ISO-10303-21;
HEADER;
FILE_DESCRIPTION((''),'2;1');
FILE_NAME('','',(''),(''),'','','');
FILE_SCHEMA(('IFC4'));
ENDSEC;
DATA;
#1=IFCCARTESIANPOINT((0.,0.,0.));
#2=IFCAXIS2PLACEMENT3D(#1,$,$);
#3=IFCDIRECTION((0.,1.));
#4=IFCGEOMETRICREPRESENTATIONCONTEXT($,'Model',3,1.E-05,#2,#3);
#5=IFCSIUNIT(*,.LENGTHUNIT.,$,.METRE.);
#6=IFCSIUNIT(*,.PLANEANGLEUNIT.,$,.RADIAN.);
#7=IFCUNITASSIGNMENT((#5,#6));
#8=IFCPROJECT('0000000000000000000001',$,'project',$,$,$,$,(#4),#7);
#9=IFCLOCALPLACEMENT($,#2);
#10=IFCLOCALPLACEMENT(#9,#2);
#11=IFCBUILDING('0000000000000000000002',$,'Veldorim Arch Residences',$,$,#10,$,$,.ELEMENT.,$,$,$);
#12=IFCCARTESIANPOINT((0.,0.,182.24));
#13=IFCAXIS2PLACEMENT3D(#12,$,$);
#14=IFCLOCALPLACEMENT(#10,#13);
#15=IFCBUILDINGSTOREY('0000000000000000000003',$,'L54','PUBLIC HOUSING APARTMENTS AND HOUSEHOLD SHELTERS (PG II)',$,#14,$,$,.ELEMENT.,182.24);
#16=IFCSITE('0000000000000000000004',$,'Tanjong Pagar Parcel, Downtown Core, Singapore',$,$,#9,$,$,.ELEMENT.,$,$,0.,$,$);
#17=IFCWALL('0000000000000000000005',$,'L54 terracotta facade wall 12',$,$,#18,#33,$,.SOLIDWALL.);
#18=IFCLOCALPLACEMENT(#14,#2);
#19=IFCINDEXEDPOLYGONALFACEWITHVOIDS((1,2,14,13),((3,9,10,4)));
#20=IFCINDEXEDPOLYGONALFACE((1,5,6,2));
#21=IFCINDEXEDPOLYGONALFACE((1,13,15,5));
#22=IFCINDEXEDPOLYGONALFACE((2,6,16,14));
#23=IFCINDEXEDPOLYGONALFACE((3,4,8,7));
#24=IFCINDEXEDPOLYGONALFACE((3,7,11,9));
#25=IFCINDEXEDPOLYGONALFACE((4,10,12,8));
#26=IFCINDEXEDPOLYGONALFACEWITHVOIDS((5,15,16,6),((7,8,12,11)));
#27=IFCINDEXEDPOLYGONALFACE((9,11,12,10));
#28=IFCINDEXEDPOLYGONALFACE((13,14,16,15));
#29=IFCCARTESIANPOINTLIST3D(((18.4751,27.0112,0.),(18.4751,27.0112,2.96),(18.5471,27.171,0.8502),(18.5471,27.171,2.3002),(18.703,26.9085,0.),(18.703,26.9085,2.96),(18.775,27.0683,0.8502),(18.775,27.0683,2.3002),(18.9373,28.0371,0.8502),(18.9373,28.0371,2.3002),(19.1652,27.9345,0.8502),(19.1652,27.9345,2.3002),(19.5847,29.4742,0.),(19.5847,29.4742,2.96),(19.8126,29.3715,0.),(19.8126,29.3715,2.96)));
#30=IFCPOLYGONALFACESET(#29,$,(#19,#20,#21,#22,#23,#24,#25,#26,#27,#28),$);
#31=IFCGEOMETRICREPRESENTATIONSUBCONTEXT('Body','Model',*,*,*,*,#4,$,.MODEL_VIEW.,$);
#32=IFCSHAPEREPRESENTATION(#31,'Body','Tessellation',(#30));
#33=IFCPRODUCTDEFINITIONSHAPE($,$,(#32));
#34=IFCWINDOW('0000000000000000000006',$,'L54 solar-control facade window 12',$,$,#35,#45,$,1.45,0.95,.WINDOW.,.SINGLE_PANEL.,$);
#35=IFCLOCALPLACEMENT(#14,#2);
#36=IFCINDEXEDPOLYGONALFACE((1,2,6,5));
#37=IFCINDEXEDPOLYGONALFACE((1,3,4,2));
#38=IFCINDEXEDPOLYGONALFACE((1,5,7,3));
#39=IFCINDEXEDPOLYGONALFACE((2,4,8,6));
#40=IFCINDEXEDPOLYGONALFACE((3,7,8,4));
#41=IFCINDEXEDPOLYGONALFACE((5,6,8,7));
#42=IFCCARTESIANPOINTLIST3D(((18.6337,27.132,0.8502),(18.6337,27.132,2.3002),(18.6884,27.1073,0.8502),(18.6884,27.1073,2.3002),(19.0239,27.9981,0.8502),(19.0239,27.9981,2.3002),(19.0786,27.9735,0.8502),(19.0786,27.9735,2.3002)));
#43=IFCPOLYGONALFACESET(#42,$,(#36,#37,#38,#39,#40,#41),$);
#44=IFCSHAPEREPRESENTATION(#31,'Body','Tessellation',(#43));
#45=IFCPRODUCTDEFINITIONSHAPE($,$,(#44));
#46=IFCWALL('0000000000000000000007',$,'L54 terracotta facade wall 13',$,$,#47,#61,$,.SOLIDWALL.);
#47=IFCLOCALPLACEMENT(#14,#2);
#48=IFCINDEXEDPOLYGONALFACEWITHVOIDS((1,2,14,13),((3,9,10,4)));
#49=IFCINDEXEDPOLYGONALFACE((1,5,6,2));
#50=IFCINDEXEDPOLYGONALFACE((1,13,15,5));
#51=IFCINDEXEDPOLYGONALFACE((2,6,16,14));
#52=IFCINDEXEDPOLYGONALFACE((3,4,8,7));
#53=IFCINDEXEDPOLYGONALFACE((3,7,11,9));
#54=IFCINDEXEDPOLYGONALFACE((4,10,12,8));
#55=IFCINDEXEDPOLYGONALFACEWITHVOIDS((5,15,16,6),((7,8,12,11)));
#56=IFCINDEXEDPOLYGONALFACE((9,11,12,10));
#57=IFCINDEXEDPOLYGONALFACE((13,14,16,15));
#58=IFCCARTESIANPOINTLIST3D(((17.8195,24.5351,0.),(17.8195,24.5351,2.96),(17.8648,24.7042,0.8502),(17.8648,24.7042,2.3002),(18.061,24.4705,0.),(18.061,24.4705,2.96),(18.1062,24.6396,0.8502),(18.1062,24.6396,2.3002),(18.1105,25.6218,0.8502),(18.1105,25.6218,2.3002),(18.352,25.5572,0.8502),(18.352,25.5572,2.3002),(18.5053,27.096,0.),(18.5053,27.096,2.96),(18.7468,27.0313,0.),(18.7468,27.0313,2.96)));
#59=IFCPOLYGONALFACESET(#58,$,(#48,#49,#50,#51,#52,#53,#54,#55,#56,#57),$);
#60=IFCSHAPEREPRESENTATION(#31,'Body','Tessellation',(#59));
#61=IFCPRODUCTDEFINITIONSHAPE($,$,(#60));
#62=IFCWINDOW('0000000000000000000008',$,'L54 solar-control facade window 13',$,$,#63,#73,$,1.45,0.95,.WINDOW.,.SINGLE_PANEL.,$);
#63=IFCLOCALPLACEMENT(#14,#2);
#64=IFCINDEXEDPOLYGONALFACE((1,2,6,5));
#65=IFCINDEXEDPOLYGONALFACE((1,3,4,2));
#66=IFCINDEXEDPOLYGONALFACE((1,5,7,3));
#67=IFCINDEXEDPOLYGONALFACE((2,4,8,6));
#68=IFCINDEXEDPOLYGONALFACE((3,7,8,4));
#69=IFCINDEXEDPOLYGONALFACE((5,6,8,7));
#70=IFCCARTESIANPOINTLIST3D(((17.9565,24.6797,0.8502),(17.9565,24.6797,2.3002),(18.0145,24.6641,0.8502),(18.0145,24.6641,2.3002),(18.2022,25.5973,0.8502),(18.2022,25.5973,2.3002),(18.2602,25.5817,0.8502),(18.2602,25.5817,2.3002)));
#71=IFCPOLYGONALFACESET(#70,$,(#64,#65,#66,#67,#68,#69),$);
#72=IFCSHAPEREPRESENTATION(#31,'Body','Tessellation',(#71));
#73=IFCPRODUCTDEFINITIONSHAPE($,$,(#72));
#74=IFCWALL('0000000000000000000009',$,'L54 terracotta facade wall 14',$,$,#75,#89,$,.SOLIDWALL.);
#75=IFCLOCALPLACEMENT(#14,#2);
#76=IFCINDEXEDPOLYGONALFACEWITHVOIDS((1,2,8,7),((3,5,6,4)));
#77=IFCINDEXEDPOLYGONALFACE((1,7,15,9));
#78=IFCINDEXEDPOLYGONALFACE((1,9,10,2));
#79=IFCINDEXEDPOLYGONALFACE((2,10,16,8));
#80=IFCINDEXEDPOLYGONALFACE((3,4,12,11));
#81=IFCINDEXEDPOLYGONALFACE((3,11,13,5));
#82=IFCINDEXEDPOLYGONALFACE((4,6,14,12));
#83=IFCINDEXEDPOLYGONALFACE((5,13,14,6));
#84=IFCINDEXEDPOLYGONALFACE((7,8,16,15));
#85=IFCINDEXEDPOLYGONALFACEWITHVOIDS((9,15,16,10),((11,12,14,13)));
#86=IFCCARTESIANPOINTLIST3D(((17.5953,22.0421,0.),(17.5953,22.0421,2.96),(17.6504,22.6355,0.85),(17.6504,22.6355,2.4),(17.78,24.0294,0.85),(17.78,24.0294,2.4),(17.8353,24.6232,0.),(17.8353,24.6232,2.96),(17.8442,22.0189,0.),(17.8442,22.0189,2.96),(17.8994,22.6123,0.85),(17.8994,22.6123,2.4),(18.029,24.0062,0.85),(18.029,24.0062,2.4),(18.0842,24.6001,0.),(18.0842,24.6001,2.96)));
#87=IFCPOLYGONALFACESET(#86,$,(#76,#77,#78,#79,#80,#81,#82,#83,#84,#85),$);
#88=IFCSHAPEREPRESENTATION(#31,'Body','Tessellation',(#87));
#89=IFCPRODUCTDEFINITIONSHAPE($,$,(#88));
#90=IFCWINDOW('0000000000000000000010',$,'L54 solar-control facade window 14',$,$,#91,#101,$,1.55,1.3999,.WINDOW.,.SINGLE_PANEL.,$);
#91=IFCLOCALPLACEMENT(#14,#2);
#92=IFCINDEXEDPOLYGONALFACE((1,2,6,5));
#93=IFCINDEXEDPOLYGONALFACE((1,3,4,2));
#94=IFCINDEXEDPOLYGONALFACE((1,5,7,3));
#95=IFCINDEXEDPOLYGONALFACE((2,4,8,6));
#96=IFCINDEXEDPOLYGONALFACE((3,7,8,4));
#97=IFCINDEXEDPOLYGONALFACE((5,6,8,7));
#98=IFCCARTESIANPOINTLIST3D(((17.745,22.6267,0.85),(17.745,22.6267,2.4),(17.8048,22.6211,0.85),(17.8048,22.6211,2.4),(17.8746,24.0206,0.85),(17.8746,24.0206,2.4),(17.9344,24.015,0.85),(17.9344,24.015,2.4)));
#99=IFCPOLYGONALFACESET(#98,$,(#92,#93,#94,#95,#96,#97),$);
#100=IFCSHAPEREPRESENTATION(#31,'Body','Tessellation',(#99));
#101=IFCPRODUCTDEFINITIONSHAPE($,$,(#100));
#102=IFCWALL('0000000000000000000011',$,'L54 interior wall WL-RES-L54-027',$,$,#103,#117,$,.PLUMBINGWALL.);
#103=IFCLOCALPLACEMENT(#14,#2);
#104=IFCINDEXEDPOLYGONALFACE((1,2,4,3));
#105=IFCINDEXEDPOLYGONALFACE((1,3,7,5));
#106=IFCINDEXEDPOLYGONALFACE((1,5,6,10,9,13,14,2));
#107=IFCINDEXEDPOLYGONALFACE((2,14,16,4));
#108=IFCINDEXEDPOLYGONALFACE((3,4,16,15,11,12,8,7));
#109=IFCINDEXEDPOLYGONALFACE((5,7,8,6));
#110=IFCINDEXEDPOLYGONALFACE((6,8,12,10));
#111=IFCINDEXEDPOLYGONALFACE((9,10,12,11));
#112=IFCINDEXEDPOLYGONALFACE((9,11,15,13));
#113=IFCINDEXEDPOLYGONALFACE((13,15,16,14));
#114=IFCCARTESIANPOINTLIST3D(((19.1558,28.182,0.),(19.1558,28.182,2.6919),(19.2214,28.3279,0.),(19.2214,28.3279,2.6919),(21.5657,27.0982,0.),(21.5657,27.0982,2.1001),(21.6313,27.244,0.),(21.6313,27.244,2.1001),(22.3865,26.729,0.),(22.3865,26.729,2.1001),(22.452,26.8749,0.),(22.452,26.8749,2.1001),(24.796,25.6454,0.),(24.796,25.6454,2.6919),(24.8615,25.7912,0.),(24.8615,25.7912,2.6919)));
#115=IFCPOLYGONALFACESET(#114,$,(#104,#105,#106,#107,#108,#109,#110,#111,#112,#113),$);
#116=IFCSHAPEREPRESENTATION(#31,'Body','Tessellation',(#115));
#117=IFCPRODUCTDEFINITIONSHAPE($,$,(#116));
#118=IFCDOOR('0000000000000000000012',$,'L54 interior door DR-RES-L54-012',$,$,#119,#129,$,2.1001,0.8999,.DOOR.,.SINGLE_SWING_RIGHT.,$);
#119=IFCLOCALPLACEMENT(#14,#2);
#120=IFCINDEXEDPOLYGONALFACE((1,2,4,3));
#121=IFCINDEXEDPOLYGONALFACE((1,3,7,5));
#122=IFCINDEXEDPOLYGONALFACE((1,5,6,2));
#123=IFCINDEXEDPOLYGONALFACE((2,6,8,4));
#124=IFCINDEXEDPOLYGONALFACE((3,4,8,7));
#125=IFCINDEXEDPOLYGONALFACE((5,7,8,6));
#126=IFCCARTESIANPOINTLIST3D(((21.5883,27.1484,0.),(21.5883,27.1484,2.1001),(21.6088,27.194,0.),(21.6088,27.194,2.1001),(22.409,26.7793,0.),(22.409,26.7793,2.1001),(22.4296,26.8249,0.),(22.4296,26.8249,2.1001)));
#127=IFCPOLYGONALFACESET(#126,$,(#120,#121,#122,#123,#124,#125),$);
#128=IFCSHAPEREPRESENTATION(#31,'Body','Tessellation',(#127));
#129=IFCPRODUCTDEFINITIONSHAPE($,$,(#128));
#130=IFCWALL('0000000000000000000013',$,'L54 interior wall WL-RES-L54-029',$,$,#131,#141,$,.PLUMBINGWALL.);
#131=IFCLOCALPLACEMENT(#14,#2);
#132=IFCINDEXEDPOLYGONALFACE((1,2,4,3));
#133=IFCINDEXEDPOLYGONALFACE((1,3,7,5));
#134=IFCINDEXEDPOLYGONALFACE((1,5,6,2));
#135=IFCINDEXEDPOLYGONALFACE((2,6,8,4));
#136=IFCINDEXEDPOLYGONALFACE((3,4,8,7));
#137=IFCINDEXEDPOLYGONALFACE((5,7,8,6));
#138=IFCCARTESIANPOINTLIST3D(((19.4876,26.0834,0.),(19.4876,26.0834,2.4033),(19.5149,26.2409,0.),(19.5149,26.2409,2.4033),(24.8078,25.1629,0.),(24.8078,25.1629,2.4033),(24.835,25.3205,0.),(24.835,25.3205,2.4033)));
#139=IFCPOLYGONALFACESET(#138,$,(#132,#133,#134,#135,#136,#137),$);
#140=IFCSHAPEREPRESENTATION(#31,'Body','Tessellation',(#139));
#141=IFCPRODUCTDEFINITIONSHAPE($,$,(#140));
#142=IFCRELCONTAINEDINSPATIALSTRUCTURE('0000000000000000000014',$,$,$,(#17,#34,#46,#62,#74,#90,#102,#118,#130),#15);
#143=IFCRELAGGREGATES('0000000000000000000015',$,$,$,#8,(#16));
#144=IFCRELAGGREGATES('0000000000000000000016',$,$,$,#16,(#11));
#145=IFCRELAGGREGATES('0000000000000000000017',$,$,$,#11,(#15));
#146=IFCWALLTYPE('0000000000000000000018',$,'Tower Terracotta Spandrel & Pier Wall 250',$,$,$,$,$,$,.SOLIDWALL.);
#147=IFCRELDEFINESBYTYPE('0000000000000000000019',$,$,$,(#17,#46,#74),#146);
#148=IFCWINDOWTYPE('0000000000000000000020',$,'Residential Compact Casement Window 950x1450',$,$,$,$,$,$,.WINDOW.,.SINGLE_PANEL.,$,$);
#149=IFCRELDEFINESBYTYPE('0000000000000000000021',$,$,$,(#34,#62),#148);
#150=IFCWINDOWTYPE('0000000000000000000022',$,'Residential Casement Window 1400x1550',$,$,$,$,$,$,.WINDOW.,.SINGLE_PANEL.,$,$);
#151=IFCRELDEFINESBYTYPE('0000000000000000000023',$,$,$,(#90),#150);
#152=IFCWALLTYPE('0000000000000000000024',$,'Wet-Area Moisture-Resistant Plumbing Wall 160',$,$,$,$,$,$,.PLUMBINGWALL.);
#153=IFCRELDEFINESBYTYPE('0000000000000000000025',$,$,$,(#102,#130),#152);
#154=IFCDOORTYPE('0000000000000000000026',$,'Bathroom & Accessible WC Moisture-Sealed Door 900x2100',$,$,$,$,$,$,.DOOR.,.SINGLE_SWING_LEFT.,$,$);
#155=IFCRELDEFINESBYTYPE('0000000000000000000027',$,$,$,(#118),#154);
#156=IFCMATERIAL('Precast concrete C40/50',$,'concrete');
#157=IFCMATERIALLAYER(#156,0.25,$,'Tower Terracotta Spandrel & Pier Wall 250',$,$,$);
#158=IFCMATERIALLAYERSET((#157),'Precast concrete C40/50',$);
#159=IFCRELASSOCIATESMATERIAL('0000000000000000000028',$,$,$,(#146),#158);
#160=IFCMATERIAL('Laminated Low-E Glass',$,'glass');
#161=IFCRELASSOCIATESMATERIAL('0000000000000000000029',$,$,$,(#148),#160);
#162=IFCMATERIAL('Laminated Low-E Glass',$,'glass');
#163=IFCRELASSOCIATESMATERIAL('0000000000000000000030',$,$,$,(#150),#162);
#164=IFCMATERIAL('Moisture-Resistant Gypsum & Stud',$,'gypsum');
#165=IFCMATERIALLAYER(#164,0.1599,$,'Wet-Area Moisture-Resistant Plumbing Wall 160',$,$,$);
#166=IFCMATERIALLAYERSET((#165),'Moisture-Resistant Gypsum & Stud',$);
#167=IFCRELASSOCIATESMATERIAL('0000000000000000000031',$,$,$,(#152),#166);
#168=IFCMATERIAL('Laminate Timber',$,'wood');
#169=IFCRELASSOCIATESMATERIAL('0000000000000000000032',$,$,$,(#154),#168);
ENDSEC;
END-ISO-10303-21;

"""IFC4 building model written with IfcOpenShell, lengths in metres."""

from ifc_helpers import new_model, si_unit, direction, frame, frame_2d, origin, place, context, subcontext, project, spatial, rectangle, extrude, material, layer, layer_set, type_object, element, fill, save


model = new_model("IFC4")

# Units and contexts
model_context = context("Model", 3, precision=1e-05, world=origin(), true_north=direction((0.0, 1.0)))
body_context = subcontext(model_context, "Body", "Model", "MODEL_VIEW")
ifc_project = project(units=[si_unit("LENGTHUNIT", "METRE"), si_unit("PLANEANGLEUNIT", "RADIAN")], contexts=[model_context])

# Site, building, storey
site_placement = place(None, origin())
site = spatial("IfcSite", under=ifc_project, at=site_placement, Name="Tanjong Pagar Parcel, Downtown Core, Singapore", CompositionType="ELEMENT", RefElevation=0.0)
building_placement = place(site_placement, origin())
building = spatial("IfcBuilding", under=site, at=building_placement, Name="Veldorim Arch Residences", CompositionType="ELEMENT")
storey_placement = place(building_placement, frame((0.0, 0.0, 182.24)))
storey = spatial("IfcBuildingStorey", under=building, at=storey_placement, Name="L54", Description="PUBLIC HOUSING APARTMENTS AND HOUSEHOLD SHELTERS (PG II)", CompositionType="ELEMENT", Elevation=182.24)

# Shared definitions
ifc_material_1 = material(Name="Precast concrete C40/50", Category="concrete")
ifc_layer_1 = layer(ifc_material_1, 0.25, Name="Tower Terracotta Spandrel & Pier Wall 250")
ifc_layer_set_1 = layer_set([ifc_layer_1], Name="Precast concrete C40/50")
wall_type_1 = type_object("IfcWallType", Name="Tower Terracotta Spandrel & Pier Wall 250", PredefinedType="SOLIDWALL", material=ifc_layer_set_1)

# Walls, openings, windows
wall_1_placement = place(storey_placement, frame((18.5891, 26.96, 0.0), z_axis=(0.0, 0.0, 1.0), x_axis=(0.410737, 0.911754, 0.0)))
wall_1 = element("IfcWall", 1, at=wall_1_placement, inside=storey, type_object=wall_type_1, Name="L54 terracotta facade wall 12", PredefinedType="SOLIDWALL", context=body_context, shape_type="SweptSolid", body=[
    extrude(rectangle(XDim=2.7014, YDim=0.25, at=frame_2d((1.3506, 0.0))), origin(), (0.0, 0.0, 1.0), 2.96),
])
opening_1_placement = place(wall_1_placement, frame((0.175, 0.0, 0.8501)))
opening_1 = element("IfcOpeningElement", 2, at=opening_1_placement, cuts=wall_1, PredefinedType="OPENING", context=body_context, shape_type="SweptSolid", body=[
    extrude(rectangle(XDim=0.95, YDim=1.45, at=frame_2d((0.4751, 0.7251))), frame((0.0, 0.135, 0.0), z_axis=(0.0, -1.0, 0.0), x_axis=(1.0, 0.0, 0.0)), (0.0, 0.0, 1.0), 0.27),
])
ifc_material_2 = material(Name="Laminated Low-E Glass", Category="glass")
window_type_1 = type_object("IfcWindowType", Name="Residential Compact Casement Window 950x1450", PartitioningType="SINGLE_PANEL", PredefinedType="WINDOW", material=ifc_material_2)
window_1_placement = place(opening_1_placement, origin())
window_1 = element("IfcWindow", 3, at=window_1_placement, inside=storey, type_object=window_type_1, Name="L54 solar-control facade window 12", OverallHeight=1.45, OverallWidth=0.95, PartitioningType="SINGLE_PANEL", PredefinedType="WINDOW", context=body_context, shape_type="SweptSolid", body=[
    extrude(rectangle(XDim=0.95, YDim=1.45, at=frame_2d((0.4751, 0.7251))), frame((0.0, 0.03, 0.0), z_axis=(0.0, -1.0, 0.0), x_axis=(1.0, 0.0, 0.0)), (0.0, 0.0, 1.0), 0.0601),
])
fill(opening_1, window_1)
wall_2_placement = place(storey_placement, frame((17.9402, 24.5027, 0.0), z_axis=(0.0, 0.0, 1.0), x_axis=(0.258689, 0.965961, 0.0)))
wall_2 = element("IfcWall", 4, at=wall_2_placement, inside=storey, type_object=wall_type_1, Name="L54 terracotta facade wall 13", PredefinedType="SOLIDWALL", context=body_context, shape_type="SweptSolid", body=[
    extrude(rectangle(XDim=2.6511, YDim=0.25, at=frame_2d((1.3257, 0.0))), origin(), (0.0, 0.0, 1.0), 2.96),
])
opening_2_placement = place(wall_2_placement, frame((0.175, 0.0, 0.8501)))
opening_2 = element("IfcOpeningElement", 5, at=opening_2_placement, cuts=wall_2, PredefinedType="OPENING", context=body_context, shape_type="SweptSolid", body=[
    extrude(rectangle(XDim=0.95, YDim=1.45, at=frame_2d((0.4751, 0.7251))), frame((0.0, 0.135, 0.0), z_axis=(0.0, -1.0, 0.0), x_axis=(1.0, 0.0, 0.0)), (0.0, 0.0, 1.0), 0.27),
])
window_2_placement = place(opening_2_placement, origin())
window_2 = element("IfcWindow", 6, at=window_2_placement, inside=storey, type_object=window_type_1, Name="L54 solar-control facade window 13", OverallHeight=1.45, OverallWidth=0.95, PartitioningType="SINGLE_PANEL", PredefinedType="WINDOW", context=body_context, shape_type="SweptSolid", body=[
    extrude(rectangle(XDim=0.95, YDim=1.45, at=frame_2d((0.4751, 0.7251))), frame((0.0, 0.03, 0.0), z_axis=(0.0, -1.0, 0.0), x_axis=(1.0, 0.0, 0.0)), (0.0, 0.0, 1.0), 0.0601),
])
fill(opening_2, window_2)
wall_3_placement = place(storey_placement, frame((17.7197, 22.0305, 0.0), z_axis=(0.0, 0.0, 1.0), x_axis=(0.092582, 0.995705, 0.0)))
wall_3 = element("IfcWall", 7, at=wall_3_placement, inside=storey, type_object=wall_type_1, Name="L54 terracotta facade wall 14", PredefinedType="SOLIDWALL", context=body_context, shape_type="SweptSolid", body=[
    extrude(rectangle(XDim=2.5923, YDim=0.25, at=frame_2d((1.2961, 0.0))), origin(), (0.0, 0.0, 1.0), 2.96),
])
opening_3_placement = place(wall_3_placement, frame((0.5959, 0.0, 0.8501)))
opening_3 = element("IfcOpeningElement", 8, at=opening_3_placement, cuts=wall_3, PredefinedType="OPENING", context=body_context, shape_type="SweptSolid", body=[
    extrude(rectangle(XDim=1.3999, YDim=1.55, at=frame_2d((0.7, 0.7749))), frame((0.0, 0.135, 0.0), z_axis=(0.0, -1.0, 0.0), x_axis=(1.0, 0.0, 0.0)), (0.0, 0.0, 1.0), 0.27),
])
ifc_material_3 = material(Name="Laminated Low-E Glass", Category="glass")
window_type_2 = type_object("IfcWindowType", Name="Residential Casement Window 1400x1550", PartitioningType="SINGLE_PANEL", PredefinedType="WINDOW", material=ifc_material_3)
window_3_placement = place(opening_3_placement, origin())
window_3 = element("IfcWindow", 9, at=window_3_placement, inside=storey, type_object=window_type_2, Name="L54 solar-control facade window 14", OverallHeight=1.55, OverallWidth=1.3999, PartitioningType="SINGLE_PANEL", PredefinedType="WINDOW", context=body_context, shape_type="SweptSolid", body=[
    extrude(rectangle(XDim=1.3999, YDim=1.55, at=frame_2d((0.7, 0.7749))), frame((0.0, 0.03, 0.0), z_axis=(0.0, -1.0, 0.0), x_axis=(1.0, 0.0, 0.0)), (0.0, 0.0, 1.0), 0.0601),
])
fill(opening_3, window_3)

# Wall, opening, door
ifc_material_4 = material(Name="Moisture-Resistant Gypsum & Stud", Category="gypsum")
ifc_layer_2 = layer(ifc_material_4, 0.1599, Name="Wet-Area Moisture-Resistant Plumbing Wall 160")
ifc_layer_set_2 = layer_set([ifc_layer_2], Name="Moisture-Resistant Gypsum & Stud")
wall_type_2 = type_object("IfcWallType", Name="Wet-Area Moisture-Resistant Plumbing Wall 160", PredefinedType="PLUMBINGWALL", material=ifc_layer_set_2)
wall_4_placement = place(storey_placement, frame((24.8289, 25.7183, 0.0), z_axis=(0.0, 0.0, 1.0), x_axis=(-0.912009, 0.410171, 0.0)))
wall_4 = element("IfcWall", 10, at=wall_4_placement, inside=storey, type_object=wall_type_2, Name="L54 interior wall WL-RES-L54-027", PredefinedType="PLUMBINGWALL", context=body_context, shape_type="SweptSolid", body=[
    extrude(rectangle(XDim=6.1843, YDim=0.1599, at=frame_2d((3.0923, 0.0))), origin(), (0.0, 0.0, 1.0), 2.6919),
])
opening_4_placement = place(wall_4_placement, frame((2.6421, 0.0, 0.0)))
opening_4 = element("IfcOpeningElement", 11, at=opening_4_placement, cuts=wall_4, PredefinedType="OPENING", context=body_context, shape_type="SweptSolid", body=[
    extrude(rectangle(XDim=0.8999, YDim=2.1001, at=frame_2d((0.45, 1.05))), frame((0.0, 0.0898, 0.0), z_axis=(0.0, -1.0, 0.0), x_axis=(1.0, 0.0, 0.0)), (0.0, 0.0, 1.0), 0.1799),
])
ifc_material_5 = material(Name="Laminate Timber", Category="wood")
door_type = type_object("IfcDoorType", Name="Bathroom & Accessible WC Moisture-Sealed Door 900x2100", OperationType="SINGLE_SWING_LEFT", PredefinedType="DOOR", material=ifc_material_5)
door_placement = place(opening_4_placement, origin())
door = element("IfcDoor", 12, at=door_placement, inside=storey, type_object=door_type, Name="L54 interior door DR-RES-L54-012", OperationType="SINGLE_SWING_RIGHT", OverallHeight=2.1001, OverallWidth=0.8999, PredefinedType="DOOR", context=body_context, shape_type="SweptSolid", body=[
    extrude(rectangle(XDim=0.8999, YDim=2.1001, at=frame_2d((0.45, 1.05))), frame((0.0, 0.0249, 0.0), z_axis=(0.0, -1.0, 0.0), x_axis=(1.0, 0.0, 0.0)), (0.0, 0.0, 1.0), 0.05),
])
fill(opening_4, door)

# Wall
wall_5_placement = place(storey_placement, frame((24.8215, 25.2417, 0.0), z_axis=(0.0, 0.0, 1.0), x_axis=(-0.985362, 0.170475, 0.0)))
element("IfcWall", 13, at=wall_5_placement, inside=storey, type_object=wall_type_2, Name="L54 interior wall WL-RES-L54-029", PredefinedType="PLUMBINGWALL", context=body_context, shape_type="SweptSolid", body=[
    extrude(rectangle(XDim=5.3992, YDim=0.1599, at=frame_2d((2.6997, 0.0))), origin(), (0.0, 0.0, 1.0), 2.4033),
])

save(model, "model.ifc")
